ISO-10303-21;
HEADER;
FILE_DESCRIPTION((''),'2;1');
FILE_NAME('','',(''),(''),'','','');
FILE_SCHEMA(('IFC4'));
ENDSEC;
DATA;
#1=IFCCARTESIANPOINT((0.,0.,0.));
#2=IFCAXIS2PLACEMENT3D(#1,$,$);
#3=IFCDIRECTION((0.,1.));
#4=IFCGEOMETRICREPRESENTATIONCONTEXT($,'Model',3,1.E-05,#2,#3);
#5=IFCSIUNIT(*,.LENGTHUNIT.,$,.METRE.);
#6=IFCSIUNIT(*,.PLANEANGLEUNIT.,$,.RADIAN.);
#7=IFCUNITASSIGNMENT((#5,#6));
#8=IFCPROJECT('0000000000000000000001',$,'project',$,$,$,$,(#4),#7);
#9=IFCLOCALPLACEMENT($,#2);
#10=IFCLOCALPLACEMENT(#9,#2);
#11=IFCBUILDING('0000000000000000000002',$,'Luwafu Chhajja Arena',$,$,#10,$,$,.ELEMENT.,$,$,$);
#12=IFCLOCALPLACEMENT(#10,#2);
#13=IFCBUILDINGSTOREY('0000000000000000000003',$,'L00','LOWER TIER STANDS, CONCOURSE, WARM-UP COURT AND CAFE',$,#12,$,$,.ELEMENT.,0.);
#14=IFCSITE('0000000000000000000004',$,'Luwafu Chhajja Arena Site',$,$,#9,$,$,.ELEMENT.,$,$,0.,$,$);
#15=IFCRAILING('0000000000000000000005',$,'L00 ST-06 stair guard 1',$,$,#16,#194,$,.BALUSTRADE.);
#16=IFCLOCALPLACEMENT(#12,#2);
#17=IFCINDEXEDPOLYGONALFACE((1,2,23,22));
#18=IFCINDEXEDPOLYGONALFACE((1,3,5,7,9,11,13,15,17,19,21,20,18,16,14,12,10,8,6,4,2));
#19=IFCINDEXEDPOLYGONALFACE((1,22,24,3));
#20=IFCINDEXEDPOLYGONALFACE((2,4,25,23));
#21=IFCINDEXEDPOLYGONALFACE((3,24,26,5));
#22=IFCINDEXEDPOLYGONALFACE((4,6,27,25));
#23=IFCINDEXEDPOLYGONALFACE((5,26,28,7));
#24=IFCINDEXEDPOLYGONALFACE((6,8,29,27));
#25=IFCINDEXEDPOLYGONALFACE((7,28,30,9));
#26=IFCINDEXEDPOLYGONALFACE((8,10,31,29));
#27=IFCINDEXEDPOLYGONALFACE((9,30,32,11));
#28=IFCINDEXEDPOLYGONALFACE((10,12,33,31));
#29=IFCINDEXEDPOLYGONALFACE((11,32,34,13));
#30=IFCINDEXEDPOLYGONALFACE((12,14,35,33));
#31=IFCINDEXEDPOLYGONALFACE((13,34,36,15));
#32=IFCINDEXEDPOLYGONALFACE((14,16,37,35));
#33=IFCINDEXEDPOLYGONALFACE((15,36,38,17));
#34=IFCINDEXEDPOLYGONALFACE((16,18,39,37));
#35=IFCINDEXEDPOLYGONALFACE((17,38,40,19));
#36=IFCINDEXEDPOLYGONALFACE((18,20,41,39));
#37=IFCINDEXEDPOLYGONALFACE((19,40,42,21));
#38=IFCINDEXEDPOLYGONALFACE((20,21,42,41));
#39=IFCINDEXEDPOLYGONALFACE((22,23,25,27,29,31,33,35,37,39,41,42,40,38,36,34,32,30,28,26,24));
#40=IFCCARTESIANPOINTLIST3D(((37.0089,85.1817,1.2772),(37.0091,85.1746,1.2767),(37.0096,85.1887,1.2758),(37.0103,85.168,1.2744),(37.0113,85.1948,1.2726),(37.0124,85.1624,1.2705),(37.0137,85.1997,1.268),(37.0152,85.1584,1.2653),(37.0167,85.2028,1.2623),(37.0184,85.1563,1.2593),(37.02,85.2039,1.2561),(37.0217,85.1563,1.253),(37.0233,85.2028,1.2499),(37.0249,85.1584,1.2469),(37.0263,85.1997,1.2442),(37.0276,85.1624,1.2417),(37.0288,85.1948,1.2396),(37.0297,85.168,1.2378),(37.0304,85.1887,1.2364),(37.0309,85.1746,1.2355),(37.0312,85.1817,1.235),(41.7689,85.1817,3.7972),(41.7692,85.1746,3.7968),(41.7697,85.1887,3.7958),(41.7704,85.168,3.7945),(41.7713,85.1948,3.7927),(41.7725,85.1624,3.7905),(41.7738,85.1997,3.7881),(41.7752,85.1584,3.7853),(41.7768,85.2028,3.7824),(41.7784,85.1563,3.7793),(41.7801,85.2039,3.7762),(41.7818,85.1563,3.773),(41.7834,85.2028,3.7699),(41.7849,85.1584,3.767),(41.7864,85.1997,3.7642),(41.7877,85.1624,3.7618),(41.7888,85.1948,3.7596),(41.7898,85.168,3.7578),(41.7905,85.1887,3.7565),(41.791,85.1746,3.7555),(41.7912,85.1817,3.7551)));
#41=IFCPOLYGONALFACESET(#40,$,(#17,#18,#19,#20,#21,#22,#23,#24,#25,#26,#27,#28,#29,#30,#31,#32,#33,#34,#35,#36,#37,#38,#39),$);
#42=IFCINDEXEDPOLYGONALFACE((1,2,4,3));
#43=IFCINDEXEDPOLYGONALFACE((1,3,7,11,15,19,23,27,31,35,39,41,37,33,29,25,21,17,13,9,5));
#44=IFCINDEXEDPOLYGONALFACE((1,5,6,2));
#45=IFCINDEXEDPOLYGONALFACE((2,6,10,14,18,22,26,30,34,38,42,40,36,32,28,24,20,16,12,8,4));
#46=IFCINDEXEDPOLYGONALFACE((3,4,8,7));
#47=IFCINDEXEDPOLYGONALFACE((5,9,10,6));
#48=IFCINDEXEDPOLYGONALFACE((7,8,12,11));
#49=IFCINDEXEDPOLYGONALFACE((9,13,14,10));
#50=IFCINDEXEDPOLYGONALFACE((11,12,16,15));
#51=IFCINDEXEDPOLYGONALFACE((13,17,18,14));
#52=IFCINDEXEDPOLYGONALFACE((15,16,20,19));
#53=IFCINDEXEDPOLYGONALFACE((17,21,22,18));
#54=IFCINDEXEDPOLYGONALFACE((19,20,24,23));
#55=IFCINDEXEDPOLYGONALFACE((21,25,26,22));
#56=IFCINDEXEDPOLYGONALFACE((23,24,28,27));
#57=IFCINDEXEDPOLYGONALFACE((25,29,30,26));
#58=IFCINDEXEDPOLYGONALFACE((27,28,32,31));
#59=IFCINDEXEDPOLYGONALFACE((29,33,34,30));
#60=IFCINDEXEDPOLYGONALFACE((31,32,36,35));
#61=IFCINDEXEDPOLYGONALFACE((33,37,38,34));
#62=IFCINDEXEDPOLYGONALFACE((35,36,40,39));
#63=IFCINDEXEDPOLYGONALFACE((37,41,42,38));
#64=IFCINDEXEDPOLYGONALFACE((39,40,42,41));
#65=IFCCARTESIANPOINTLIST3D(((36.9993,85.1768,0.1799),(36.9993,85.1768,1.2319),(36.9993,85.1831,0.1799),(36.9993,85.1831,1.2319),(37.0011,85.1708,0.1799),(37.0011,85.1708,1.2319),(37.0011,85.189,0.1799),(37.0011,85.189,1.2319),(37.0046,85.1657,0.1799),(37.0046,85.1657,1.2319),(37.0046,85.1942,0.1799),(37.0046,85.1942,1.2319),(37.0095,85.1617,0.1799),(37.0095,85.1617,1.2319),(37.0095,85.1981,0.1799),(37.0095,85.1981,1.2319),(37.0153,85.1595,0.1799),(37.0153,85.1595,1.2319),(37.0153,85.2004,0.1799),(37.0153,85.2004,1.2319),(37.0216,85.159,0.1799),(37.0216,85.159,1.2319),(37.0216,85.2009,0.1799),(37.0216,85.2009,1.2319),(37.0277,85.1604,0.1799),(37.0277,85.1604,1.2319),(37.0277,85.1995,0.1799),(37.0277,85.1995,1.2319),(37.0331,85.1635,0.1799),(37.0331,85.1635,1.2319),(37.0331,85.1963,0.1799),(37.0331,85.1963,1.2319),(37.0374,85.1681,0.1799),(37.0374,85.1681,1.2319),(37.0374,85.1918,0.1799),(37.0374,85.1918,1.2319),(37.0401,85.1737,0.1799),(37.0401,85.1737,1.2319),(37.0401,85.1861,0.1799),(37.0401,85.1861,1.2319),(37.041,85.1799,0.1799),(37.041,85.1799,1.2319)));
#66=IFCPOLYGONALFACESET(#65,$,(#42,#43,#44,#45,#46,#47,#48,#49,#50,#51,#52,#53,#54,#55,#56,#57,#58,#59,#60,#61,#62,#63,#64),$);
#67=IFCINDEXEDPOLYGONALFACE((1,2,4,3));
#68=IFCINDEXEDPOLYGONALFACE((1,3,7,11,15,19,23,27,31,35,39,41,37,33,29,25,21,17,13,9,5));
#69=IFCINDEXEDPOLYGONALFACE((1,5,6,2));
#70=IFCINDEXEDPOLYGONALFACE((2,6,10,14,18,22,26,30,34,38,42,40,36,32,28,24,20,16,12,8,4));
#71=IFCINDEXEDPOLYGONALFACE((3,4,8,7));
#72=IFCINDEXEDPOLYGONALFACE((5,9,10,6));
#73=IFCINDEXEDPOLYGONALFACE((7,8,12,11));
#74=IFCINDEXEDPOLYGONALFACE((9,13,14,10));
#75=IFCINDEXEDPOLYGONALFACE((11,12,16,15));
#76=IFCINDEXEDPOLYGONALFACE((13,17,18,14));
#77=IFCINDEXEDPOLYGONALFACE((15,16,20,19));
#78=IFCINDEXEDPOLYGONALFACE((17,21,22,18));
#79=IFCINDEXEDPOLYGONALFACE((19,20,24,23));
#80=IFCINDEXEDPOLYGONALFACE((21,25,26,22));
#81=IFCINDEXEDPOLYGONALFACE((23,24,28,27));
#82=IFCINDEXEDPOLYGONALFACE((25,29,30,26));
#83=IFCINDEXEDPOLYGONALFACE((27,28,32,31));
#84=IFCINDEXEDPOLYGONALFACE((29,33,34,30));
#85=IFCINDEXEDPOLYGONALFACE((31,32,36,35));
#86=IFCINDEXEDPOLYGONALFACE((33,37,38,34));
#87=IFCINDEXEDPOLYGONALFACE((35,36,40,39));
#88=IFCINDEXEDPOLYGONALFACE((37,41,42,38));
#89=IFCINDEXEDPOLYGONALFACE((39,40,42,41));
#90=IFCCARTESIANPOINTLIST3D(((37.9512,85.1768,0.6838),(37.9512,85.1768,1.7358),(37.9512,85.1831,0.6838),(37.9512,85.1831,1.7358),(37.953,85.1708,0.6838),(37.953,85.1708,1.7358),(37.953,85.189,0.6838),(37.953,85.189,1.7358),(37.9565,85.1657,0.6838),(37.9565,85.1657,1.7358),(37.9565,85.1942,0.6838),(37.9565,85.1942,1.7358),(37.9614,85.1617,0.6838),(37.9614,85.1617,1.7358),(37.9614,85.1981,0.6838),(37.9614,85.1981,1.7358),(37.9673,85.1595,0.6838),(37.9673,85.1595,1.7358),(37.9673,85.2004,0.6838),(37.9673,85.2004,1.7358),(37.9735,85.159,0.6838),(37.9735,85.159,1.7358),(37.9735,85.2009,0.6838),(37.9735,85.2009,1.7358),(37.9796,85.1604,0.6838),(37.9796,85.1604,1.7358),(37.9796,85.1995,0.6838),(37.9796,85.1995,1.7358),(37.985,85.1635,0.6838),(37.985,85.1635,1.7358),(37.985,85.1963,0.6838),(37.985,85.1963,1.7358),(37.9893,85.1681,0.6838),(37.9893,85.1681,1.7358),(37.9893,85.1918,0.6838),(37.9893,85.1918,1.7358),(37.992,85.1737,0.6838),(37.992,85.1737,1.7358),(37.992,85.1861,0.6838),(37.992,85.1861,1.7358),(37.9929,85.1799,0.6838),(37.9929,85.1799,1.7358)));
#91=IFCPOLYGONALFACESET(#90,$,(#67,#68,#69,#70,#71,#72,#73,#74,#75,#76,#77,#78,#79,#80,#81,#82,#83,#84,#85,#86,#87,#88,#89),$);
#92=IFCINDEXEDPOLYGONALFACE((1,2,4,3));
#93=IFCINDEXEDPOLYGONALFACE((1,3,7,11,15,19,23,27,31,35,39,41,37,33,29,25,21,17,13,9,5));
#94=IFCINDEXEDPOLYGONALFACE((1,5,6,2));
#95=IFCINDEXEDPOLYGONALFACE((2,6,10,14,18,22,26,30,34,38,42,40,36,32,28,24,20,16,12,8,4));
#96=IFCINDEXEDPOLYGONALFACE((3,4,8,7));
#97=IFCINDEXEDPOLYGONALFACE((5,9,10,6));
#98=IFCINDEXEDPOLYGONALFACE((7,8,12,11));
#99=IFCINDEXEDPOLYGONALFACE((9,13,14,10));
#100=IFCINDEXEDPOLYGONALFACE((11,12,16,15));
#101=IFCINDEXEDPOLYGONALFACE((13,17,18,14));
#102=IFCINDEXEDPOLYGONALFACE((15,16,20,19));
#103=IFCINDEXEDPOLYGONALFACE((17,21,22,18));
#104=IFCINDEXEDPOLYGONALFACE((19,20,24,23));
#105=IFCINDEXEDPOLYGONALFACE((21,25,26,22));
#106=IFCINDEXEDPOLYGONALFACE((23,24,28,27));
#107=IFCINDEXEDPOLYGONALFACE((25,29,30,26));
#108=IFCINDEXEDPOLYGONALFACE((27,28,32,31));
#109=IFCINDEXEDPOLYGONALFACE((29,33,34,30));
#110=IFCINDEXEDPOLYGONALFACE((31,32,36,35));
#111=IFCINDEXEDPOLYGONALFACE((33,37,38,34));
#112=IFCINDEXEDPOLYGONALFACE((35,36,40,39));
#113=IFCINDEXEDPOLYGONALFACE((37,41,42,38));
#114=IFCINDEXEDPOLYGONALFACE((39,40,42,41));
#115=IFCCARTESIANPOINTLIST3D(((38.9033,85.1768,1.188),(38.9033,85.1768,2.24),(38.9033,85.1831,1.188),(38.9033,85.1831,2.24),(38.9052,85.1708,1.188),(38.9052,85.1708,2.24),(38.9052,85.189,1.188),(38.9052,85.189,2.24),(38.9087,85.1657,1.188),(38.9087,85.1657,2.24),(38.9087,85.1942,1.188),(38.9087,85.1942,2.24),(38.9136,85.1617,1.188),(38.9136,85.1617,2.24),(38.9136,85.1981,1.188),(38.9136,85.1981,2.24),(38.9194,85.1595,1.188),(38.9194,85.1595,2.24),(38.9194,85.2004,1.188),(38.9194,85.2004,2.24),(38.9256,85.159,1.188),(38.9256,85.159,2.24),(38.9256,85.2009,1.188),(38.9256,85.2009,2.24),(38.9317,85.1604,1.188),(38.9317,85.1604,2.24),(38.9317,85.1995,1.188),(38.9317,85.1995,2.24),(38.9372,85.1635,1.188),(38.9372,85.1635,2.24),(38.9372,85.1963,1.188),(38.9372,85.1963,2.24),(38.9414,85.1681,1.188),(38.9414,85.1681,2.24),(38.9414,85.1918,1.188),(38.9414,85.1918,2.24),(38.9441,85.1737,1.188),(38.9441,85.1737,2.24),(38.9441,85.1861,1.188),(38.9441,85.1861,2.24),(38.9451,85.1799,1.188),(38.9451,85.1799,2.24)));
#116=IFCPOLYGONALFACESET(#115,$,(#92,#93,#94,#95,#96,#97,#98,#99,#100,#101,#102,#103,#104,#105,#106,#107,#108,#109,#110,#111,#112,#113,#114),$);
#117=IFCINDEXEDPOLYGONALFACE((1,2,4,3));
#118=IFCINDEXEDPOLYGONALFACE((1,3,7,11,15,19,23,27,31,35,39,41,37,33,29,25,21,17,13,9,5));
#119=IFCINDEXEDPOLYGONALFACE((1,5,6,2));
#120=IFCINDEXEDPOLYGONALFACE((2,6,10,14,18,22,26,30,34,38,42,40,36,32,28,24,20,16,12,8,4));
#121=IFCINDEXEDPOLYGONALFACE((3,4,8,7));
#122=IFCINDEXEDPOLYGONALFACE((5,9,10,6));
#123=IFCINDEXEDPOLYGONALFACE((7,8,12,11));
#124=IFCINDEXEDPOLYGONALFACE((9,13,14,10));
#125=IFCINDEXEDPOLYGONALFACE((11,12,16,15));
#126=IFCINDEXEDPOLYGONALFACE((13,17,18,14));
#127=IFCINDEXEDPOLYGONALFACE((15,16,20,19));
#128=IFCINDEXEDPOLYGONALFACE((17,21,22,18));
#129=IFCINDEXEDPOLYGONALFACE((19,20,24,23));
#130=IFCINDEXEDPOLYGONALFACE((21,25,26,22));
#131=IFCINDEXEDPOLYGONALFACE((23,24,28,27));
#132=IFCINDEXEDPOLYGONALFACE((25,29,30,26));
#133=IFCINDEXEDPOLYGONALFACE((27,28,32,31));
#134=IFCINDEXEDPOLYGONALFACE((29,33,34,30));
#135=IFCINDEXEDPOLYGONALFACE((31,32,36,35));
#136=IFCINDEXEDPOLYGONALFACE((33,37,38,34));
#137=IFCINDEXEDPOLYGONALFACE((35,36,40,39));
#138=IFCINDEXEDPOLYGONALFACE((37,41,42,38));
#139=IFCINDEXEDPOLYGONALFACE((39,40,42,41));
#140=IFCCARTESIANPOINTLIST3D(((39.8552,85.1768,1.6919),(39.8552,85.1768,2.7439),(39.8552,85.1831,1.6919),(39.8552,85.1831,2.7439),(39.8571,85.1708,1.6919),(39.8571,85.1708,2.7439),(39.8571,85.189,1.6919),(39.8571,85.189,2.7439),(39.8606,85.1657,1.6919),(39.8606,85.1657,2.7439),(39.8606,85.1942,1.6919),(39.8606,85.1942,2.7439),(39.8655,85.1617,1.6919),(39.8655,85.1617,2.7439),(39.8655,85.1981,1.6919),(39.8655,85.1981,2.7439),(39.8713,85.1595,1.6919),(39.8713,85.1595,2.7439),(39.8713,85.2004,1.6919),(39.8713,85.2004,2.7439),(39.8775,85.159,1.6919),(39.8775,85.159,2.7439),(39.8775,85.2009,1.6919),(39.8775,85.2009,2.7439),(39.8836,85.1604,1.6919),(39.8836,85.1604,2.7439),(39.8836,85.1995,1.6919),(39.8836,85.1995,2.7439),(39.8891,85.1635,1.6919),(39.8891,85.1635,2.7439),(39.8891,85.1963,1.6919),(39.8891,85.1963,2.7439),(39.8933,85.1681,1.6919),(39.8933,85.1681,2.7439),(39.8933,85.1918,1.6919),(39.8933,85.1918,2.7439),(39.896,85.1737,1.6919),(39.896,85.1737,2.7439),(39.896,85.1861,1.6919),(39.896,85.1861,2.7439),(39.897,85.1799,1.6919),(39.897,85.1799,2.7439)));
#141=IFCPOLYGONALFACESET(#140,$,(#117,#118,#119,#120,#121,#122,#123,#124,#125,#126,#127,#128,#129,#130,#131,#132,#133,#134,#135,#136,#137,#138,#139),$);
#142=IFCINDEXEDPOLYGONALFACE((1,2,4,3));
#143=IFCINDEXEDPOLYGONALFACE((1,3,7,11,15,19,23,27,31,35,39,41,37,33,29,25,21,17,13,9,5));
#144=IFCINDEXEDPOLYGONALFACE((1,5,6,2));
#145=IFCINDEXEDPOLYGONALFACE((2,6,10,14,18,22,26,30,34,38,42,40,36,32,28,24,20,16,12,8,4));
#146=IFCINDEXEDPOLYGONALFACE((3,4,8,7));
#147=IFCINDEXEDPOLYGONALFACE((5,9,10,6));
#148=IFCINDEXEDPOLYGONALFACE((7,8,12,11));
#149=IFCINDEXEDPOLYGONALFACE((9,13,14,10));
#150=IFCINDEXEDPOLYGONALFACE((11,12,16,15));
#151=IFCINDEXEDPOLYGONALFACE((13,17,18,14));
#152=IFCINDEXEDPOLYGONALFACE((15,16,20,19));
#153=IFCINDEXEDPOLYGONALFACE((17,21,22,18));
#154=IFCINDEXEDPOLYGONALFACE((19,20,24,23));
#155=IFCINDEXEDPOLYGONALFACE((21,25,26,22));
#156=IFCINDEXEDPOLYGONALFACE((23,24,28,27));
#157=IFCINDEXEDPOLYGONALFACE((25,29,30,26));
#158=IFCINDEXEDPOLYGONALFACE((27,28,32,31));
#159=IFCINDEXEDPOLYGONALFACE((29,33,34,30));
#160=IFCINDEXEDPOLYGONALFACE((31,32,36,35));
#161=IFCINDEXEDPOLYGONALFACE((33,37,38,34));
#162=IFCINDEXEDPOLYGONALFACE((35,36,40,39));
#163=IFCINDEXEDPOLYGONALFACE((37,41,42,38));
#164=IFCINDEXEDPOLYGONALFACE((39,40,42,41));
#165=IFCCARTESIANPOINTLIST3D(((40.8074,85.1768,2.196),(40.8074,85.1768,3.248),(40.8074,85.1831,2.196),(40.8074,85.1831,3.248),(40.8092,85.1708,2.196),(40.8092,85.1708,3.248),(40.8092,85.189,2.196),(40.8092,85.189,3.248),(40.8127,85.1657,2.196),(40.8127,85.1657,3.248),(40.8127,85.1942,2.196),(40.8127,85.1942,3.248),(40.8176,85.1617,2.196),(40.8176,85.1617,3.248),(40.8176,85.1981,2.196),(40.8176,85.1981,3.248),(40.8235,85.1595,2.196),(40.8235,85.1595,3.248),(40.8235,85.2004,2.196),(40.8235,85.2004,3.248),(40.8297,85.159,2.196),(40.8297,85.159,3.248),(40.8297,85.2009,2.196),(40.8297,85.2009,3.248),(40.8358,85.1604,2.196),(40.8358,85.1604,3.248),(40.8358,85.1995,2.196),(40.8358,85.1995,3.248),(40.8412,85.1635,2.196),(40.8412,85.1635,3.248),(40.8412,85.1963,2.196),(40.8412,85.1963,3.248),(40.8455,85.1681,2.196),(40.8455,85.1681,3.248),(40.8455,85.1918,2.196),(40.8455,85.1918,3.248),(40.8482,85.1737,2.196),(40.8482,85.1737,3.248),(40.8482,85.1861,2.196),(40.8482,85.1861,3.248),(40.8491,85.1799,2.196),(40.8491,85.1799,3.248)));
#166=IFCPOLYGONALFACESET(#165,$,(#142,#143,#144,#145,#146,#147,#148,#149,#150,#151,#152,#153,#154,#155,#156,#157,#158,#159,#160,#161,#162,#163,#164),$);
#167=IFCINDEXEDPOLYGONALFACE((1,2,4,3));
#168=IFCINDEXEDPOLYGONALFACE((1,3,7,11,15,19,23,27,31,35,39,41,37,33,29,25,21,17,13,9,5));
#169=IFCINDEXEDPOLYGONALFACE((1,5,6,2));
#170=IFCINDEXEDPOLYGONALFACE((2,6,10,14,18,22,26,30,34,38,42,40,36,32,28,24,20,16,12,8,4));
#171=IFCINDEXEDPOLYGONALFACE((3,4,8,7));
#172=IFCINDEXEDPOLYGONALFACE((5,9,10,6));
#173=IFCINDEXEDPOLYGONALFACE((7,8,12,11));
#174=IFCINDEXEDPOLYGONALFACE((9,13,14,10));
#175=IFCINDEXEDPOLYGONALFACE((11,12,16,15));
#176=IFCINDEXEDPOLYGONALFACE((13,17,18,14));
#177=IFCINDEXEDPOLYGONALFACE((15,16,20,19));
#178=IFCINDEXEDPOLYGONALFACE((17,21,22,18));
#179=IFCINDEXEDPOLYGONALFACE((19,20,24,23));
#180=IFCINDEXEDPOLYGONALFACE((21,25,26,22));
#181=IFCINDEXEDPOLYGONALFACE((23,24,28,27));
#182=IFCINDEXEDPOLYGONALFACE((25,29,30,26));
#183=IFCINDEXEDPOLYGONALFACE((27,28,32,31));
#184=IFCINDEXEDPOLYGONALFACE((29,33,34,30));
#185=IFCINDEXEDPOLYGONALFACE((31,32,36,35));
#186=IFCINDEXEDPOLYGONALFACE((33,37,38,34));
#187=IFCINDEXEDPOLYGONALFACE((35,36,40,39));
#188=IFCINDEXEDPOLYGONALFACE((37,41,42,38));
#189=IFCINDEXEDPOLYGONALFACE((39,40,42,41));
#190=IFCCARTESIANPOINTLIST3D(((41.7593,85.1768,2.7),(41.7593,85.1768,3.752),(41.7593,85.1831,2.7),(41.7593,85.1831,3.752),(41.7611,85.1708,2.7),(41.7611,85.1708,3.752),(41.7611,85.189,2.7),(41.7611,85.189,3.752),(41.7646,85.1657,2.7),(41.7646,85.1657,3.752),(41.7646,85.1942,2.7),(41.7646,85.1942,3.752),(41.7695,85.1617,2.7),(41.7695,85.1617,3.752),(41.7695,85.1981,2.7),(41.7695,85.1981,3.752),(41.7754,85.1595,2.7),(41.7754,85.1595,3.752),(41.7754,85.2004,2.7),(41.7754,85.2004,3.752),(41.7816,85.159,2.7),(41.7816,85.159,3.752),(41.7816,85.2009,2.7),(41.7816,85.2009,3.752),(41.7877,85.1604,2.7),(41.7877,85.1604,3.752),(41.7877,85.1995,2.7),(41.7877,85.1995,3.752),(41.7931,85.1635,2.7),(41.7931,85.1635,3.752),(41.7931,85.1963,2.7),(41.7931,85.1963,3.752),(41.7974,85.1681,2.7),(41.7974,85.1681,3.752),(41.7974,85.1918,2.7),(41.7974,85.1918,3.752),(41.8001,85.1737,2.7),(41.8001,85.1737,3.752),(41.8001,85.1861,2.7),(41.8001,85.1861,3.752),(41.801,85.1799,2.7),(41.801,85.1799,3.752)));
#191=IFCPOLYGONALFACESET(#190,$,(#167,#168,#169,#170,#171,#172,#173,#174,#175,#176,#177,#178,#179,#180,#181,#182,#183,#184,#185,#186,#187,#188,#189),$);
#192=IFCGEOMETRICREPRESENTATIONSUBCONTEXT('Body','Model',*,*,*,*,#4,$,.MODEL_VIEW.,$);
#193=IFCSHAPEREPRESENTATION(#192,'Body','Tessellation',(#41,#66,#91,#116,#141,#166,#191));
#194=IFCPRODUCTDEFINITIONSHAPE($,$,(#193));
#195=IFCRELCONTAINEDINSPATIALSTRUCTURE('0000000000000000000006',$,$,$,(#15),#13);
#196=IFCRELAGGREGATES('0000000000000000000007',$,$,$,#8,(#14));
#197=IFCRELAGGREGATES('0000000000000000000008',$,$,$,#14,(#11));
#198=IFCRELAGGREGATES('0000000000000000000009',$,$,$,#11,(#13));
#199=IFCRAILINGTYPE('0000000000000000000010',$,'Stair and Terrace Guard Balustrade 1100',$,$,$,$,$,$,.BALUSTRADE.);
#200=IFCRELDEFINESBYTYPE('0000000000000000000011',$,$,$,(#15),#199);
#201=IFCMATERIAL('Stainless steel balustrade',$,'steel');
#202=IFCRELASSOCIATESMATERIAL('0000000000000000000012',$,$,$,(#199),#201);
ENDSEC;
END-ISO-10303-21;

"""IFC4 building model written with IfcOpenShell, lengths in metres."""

from ifc_helpers import new_model, si_unit, direction, frame, origin, origin_2d, place, context, subcontext, project, spatial, circle, extrude, material, type_object, element, save


model = new_model("IFC4")

# Units and contexts
model_context = context("Model", 3, precision=1e-05, world=origin(), true_north=direction((0.0, 1.0)))
body_context = subcontext(model_context, "Body", "Model", "MODEL_VIEW")
ifc_project = project(units=[si_unit("LENGTHUNIT", "METRE"), si_unit("PLANEANGLEUNIT", "RADIAN")], contexts=[model_context])

# Site, building, storey
site_placement = place(None, origin())
site = spatial("IfcSite", under=ifc_project, at=site_placement, Name="Luwafu Chhajja Arena Site", CompositionType="ELEMENT", RefElevation=0.0)
building_placement = place(site_placement, origin())
building = spatial("IfcBuilding", under=site, at=building_placement, Name="Luwafu Chhajja Arena", CompositionType="ELEMENT")
storey_placement = place(building_placement, origin())
storey = spatial("IfcBuildingStorey", under=building, at=storey_placement, Name="L00", Description="LOWER TIER STANDS, CONCOURSE, WARM-UP COURT AND CAFE", CompositionType="ELEMENT", Elevation=0.0)

# Railing
ifc_material_1 = material(Name="Stainless steel balustrade", Category="steel")
railing_type_1 = type_object("IfcRailingType", Name="Stair and Terrace Guard Balustrade 1100", PredefinedType="BALUSTRADE", material=ifc_material_1)
railing_1_placement = place(storey_placement, frame((37.02, 85.1799, 0.1799)))
element("IfcRailing", 1, at=railing_1_placement, inside=storey, type_object=railing_type_1, Name="L00 ST-06 stair guard 1", PredefinedType="BALUSTRADE", context=body_context, shape_type="SweptSolid", body=[
    extrude(circle(Radius=0.0239, at=origin_2d()), frame((0.0, 0.0, 1.0762), z_axis=(0.883787, 0.0, 0.46789), x_axis=(0.0, 1.0, 0.0)), (0.0, 0.0, 1.0), 5.386),
    extrude(circle(Radius=0.021, at=origin_2d()), origin(), (0.0, 0.0, 1.0), 1.052),
    extrude(circle(Radius=0.021, at=origin_2d()), frame((0.9519, 0.0, 0.5039)), (0.0, 0.0, 1.0), 1.052),
    extrude(circle(Radius=0.021, at=origin_2d()), frame((1.9041, 0.0, 1.0081)), (0.0, 0.0, 1.0), 1.052),
    extrude(circle(Radius=0.021, at=origin_2d()), frame((2.856, 0.0, 1.512)), (0.0, 0.0, 1.0), 1.052),
    extrude(circle(Radius=0.021, at=origin_2d()), frame((3.8081, 0.0, 2.0161)), (0.0, 0.0, 1.0), 1.052),
    extrude(circle(Radius=0.021, at=origin_2d()), frame((4.76, 0.0, 2.52)), (0.0, 0.0, 1.0), 1.052),
])

save(model, "model.ifc")
